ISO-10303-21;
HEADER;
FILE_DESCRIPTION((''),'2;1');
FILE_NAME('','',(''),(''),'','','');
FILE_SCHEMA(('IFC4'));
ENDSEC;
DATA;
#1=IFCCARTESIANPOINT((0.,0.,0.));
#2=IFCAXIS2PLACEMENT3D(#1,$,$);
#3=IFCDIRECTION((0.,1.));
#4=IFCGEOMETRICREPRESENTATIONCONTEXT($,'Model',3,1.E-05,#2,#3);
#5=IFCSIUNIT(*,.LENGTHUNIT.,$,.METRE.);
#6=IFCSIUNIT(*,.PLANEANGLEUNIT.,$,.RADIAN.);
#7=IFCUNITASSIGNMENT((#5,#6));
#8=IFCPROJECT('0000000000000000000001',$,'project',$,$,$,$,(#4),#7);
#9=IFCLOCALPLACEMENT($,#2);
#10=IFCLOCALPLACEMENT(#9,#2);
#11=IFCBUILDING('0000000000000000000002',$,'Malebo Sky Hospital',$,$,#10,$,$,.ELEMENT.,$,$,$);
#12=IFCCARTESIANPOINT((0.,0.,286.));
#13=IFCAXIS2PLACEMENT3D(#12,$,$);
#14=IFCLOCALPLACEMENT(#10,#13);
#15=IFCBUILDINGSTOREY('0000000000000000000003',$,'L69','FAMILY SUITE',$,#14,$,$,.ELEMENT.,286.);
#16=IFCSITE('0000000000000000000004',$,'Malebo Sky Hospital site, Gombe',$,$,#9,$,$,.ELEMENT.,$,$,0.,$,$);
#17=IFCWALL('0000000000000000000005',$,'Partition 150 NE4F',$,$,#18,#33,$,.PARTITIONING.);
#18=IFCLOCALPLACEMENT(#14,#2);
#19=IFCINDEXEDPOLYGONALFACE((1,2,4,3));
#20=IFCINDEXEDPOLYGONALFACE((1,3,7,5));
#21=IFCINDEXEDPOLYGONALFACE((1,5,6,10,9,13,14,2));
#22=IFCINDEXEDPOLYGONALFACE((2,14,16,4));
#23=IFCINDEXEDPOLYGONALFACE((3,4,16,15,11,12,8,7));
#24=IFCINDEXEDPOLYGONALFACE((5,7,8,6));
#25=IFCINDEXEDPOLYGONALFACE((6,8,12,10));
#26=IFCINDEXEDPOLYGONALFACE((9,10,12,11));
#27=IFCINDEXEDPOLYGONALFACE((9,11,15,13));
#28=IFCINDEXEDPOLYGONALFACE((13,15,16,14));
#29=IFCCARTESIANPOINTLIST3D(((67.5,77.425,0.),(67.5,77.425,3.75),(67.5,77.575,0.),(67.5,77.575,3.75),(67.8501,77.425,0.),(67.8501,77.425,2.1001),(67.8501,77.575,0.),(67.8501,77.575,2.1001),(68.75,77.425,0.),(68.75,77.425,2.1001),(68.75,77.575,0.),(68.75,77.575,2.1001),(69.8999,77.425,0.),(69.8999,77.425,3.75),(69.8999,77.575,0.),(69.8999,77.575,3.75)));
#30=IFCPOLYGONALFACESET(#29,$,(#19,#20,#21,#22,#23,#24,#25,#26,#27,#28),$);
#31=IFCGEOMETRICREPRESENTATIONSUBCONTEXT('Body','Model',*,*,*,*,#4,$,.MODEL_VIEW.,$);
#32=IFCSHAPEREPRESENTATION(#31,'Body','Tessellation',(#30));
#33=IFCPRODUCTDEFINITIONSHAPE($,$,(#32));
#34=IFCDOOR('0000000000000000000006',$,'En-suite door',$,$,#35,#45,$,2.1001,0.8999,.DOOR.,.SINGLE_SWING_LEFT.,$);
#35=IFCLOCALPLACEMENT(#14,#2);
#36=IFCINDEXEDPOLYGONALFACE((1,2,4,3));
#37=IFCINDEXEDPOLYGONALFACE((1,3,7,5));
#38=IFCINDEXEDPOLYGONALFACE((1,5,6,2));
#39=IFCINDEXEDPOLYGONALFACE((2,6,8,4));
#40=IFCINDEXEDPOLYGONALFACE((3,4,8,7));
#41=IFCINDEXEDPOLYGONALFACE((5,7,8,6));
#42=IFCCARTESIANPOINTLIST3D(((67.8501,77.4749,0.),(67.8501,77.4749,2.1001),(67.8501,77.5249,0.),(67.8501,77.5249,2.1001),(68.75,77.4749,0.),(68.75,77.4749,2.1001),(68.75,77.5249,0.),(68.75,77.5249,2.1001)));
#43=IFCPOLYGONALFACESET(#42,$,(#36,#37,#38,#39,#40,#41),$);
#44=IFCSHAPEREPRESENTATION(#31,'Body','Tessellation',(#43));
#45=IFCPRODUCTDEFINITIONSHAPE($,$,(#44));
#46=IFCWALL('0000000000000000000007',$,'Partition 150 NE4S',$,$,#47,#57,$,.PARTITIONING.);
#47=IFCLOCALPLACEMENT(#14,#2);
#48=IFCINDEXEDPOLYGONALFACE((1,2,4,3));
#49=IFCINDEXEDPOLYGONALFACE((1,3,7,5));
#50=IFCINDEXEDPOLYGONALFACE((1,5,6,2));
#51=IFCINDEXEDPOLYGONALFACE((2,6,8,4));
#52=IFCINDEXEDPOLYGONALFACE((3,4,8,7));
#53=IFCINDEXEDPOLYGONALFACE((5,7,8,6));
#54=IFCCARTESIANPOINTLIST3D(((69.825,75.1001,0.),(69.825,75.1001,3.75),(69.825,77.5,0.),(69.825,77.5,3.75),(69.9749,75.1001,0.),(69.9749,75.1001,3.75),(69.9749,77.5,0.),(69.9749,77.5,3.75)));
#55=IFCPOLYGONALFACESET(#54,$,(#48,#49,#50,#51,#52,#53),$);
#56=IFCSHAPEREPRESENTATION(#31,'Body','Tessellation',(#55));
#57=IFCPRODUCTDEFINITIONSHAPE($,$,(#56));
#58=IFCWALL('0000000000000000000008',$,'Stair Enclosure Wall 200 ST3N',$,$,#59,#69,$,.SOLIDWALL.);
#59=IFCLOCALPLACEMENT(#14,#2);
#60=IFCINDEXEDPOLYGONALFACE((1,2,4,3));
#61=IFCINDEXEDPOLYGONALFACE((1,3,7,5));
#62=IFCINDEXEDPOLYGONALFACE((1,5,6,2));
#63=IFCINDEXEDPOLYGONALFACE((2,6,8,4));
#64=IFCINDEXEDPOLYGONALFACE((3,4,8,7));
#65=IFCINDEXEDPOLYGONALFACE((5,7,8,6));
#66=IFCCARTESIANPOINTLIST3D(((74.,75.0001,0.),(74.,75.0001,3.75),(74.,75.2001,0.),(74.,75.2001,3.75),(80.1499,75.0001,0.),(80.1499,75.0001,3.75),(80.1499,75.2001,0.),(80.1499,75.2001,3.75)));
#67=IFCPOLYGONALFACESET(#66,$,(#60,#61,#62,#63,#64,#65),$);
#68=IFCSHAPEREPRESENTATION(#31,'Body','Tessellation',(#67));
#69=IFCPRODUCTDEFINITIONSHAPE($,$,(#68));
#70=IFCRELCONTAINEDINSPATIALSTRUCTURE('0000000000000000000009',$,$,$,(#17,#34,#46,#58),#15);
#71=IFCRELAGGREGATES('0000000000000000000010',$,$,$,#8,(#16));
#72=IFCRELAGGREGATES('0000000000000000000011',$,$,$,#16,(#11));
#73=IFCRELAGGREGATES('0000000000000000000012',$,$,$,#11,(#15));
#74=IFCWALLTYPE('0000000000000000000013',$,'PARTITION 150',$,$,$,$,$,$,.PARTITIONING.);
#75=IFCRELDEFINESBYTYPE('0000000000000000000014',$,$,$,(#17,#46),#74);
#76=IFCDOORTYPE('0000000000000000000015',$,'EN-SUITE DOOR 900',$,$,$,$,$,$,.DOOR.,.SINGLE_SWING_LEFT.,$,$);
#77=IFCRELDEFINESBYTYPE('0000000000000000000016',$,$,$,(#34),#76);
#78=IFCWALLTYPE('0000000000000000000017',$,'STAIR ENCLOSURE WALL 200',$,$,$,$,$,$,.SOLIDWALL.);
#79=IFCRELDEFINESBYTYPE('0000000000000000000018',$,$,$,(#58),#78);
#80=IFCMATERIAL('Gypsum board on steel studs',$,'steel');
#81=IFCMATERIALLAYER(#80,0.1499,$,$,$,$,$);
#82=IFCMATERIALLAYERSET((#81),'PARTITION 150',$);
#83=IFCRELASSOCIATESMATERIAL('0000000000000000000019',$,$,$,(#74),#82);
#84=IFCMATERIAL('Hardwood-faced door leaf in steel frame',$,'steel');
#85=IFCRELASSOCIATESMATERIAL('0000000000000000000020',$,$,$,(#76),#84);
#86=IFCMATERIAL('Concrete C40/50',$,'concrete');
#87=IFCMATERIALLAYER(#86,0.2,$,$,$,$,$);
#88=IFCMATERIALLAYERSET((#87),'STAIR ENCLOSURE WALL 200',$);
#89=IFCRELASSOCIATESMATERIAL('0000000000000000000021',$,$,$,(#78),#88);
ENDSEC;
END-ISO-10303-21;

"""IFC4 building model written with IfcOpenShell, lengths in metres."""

from ifc_helpers import new_model, si_unit, direction, frame, frame_2d, origin, place, context, subcontext, project, spatial, rectangle, extrude, material, layer, layer_set, type_object, element, fill, save


model = new_model("IFC4")

# Units and contexts
model_context = context("Model", 3, precision=1e-05, world=origin(), true_north=direction((0.0, 1.0)))
body_context = subcontext(model_context, "Body", "Model", "MODEL_VIEW")
ifc_project = project(units=[si_unit("LENGTHUNIT", "METRE"), si_unit("PLANEANGLEUNIT", "RADIAN")], contexts=[model_context])

# Site, building, storey
site_placement = place(None, origin())
site = spatial("IfcSite", under=ifc_project, at=site_placement, Name="Malebo Sky Hospital site, Gombe", CompositionType="ELEMENT", RefElevation=0.0)
building_placement = place(site_placement, origin())
building = spatial("IfcBuilding", under=site, at=building_placement, Name="Malebo Sky Hospital", CompositionType="ELEMENT")
storey_placement = place(building_placement, frame((0.0, 0.0, 286.0)))
storey = spatial("IfcBuildingStorey", under=building, at=storey_placement, Name="L69", Description="FAMILY SUITE", CompositionType="ELEMENT", Elevation=286.0)

# Shared definitions
ifc_material_1 = material(Name="Gypsum board on steel studs", Category="steel")
ifc_layer_1 = layer(ifc_material_1, 0.1499)
ifc_layer_set_1 = layer_set([ifc_layer_1], Name="PARTITION 150")
wall_type_1 = type_object("IfcWallType", Name="PARTITION 150", PredefinedType="PARTITIONING", material=ifc_layer_set_1)

# Shared definitions
ifc_material_2 = material(Name="Hardwood-faced door leaf in steel frame", Category="steel")
door_type_1 = type_object("IfcDoorType", Name="EN-SUITE DOOR 900", OperationType="SINGLE_SWING_LEFT", PredefinedType="DOOR", material=ifc_material_2)

# Wall, opening, door
wall_1_placement = place(storey_placement, frame((67.5, 77.5, 0.0), z_axis=(0.0, 0.0, 1.0), x_axis=(1.0, 0.0, 0.0)))
wall_1 = element("IfcWall", 1, at=wall_1_placement, inside=storey, type_object=wall_type_1, Name="Partition 150 NE4F", PredefinedType="PARTITIONING", context=body_context, shape_type="SweptSolid", body=[
    extrude(rectangle(XDim=2.3999, YDim=0.1499, at=frame_2d((1.2, 0.0))), origin(), (0.0, 0.0, 1.0), 3.75),
])
opening_1_placement = place(wall_1_placement, frame((0.3501, 0.0, 0.0)))
opening_1 = element("IfcOpeningElement", 2, at=opening_1_placement, cuts=wall_1, PredefinedType="OPENING", context=body_context, shape_type="SweptSolid", body=[
    extrude(rectangle(XDim=0.8999, YDim=2.1001, at=frame_2d((0.45, 1.05))), frame((0.0, 0.085, 0.0), z_axis=(0.0, -1.0, 0.0), x_axis=(1.0, 0.0, 0.0)), (0.0, 0.0, 1.0), 0.1699),
])
door_1_placement = place(opening_1_placement, origin())
door_1 = element("IfcDoor", 3, at=door_1_placement, inside=storey, type_object=door_type_1, Name="En-suite door", OperationType="SINGLE_SWING_LEFT", OverallHeight=2.1001, OverallWidth=0.8999, PredefinedType="DOOR", context=body_context, shape_type="SweptSolid", body=[
    extrude(rectangle(XDim=0.8999, YDim=2.1001, at=frame_2d((0.45, 1.05))), frame((0.0, 0.0249, 0.0), z_axis=(0.0, -1.0, 0.0), x_axis=(1.0, 0.0, 0.0)), (0.0, 0.0, 1.0), 0.05),
])
fill(opening_1, door_1)

# Walls
wall_2_placement = place(storey_placement, frame((69.8999, 75.1001, 0.0), z_axis=(0.0, 0.0, 1.0), x_axis=(0.0, 1.0, 0.0)))
element("IfcWall", 4, at=wall_2_placement, inside=storey, type_object=wall_type_1, Name="Partition 150 NE4S", PredefinedType="PARTITIONING", context=body_context, shape_type="SweptSolid", body=[
    extrude(rectangle(XDim=2.3999, YDim=0.1499, at=frame_2d((1.2, 0.0))), origin(), (0.0, 0.0, 1.0), 3.75),
])
ifc_material_3 = material(Name="Concrete C40/50", Category="concrete")
ifc_layer_2 = layer(ifc_material_3, 0.2)
ifc_layer_set_2 = layer_set([ifc_layer_2], Name="STAIR ENCLOSURE WALL 200")
wall_type_2 = type_object("IfcWallType", Name="STAIR ENCLOSURE WALL 200", PredefinedType="SOLIDWALL", material=ifc_layer_set_2)
wall_3_placement = place(storey_placement, frame((74.0, 75.1001, 0.0), z_axis=(0.0, 0.0, 1.0), x_axis=(1.0, 0.0, 0.0)))
element("IfcWall", 5, at=wall_3_placement, inside=storey, type_object=wall_type_2, Name="Stair Enclosure Wall 200 ST3N", PredefinedType="SOLIDWALL", context=body_context, shape_type="SweptSolid", body=[
    extrude(rectangle(XDim=6.1499, YDim=0.2, at=frame_2d((3.075, 0.0))), origin(), (0.0, 0.0, 1.0), 3.75),
])

save(model, "model.ifc")
